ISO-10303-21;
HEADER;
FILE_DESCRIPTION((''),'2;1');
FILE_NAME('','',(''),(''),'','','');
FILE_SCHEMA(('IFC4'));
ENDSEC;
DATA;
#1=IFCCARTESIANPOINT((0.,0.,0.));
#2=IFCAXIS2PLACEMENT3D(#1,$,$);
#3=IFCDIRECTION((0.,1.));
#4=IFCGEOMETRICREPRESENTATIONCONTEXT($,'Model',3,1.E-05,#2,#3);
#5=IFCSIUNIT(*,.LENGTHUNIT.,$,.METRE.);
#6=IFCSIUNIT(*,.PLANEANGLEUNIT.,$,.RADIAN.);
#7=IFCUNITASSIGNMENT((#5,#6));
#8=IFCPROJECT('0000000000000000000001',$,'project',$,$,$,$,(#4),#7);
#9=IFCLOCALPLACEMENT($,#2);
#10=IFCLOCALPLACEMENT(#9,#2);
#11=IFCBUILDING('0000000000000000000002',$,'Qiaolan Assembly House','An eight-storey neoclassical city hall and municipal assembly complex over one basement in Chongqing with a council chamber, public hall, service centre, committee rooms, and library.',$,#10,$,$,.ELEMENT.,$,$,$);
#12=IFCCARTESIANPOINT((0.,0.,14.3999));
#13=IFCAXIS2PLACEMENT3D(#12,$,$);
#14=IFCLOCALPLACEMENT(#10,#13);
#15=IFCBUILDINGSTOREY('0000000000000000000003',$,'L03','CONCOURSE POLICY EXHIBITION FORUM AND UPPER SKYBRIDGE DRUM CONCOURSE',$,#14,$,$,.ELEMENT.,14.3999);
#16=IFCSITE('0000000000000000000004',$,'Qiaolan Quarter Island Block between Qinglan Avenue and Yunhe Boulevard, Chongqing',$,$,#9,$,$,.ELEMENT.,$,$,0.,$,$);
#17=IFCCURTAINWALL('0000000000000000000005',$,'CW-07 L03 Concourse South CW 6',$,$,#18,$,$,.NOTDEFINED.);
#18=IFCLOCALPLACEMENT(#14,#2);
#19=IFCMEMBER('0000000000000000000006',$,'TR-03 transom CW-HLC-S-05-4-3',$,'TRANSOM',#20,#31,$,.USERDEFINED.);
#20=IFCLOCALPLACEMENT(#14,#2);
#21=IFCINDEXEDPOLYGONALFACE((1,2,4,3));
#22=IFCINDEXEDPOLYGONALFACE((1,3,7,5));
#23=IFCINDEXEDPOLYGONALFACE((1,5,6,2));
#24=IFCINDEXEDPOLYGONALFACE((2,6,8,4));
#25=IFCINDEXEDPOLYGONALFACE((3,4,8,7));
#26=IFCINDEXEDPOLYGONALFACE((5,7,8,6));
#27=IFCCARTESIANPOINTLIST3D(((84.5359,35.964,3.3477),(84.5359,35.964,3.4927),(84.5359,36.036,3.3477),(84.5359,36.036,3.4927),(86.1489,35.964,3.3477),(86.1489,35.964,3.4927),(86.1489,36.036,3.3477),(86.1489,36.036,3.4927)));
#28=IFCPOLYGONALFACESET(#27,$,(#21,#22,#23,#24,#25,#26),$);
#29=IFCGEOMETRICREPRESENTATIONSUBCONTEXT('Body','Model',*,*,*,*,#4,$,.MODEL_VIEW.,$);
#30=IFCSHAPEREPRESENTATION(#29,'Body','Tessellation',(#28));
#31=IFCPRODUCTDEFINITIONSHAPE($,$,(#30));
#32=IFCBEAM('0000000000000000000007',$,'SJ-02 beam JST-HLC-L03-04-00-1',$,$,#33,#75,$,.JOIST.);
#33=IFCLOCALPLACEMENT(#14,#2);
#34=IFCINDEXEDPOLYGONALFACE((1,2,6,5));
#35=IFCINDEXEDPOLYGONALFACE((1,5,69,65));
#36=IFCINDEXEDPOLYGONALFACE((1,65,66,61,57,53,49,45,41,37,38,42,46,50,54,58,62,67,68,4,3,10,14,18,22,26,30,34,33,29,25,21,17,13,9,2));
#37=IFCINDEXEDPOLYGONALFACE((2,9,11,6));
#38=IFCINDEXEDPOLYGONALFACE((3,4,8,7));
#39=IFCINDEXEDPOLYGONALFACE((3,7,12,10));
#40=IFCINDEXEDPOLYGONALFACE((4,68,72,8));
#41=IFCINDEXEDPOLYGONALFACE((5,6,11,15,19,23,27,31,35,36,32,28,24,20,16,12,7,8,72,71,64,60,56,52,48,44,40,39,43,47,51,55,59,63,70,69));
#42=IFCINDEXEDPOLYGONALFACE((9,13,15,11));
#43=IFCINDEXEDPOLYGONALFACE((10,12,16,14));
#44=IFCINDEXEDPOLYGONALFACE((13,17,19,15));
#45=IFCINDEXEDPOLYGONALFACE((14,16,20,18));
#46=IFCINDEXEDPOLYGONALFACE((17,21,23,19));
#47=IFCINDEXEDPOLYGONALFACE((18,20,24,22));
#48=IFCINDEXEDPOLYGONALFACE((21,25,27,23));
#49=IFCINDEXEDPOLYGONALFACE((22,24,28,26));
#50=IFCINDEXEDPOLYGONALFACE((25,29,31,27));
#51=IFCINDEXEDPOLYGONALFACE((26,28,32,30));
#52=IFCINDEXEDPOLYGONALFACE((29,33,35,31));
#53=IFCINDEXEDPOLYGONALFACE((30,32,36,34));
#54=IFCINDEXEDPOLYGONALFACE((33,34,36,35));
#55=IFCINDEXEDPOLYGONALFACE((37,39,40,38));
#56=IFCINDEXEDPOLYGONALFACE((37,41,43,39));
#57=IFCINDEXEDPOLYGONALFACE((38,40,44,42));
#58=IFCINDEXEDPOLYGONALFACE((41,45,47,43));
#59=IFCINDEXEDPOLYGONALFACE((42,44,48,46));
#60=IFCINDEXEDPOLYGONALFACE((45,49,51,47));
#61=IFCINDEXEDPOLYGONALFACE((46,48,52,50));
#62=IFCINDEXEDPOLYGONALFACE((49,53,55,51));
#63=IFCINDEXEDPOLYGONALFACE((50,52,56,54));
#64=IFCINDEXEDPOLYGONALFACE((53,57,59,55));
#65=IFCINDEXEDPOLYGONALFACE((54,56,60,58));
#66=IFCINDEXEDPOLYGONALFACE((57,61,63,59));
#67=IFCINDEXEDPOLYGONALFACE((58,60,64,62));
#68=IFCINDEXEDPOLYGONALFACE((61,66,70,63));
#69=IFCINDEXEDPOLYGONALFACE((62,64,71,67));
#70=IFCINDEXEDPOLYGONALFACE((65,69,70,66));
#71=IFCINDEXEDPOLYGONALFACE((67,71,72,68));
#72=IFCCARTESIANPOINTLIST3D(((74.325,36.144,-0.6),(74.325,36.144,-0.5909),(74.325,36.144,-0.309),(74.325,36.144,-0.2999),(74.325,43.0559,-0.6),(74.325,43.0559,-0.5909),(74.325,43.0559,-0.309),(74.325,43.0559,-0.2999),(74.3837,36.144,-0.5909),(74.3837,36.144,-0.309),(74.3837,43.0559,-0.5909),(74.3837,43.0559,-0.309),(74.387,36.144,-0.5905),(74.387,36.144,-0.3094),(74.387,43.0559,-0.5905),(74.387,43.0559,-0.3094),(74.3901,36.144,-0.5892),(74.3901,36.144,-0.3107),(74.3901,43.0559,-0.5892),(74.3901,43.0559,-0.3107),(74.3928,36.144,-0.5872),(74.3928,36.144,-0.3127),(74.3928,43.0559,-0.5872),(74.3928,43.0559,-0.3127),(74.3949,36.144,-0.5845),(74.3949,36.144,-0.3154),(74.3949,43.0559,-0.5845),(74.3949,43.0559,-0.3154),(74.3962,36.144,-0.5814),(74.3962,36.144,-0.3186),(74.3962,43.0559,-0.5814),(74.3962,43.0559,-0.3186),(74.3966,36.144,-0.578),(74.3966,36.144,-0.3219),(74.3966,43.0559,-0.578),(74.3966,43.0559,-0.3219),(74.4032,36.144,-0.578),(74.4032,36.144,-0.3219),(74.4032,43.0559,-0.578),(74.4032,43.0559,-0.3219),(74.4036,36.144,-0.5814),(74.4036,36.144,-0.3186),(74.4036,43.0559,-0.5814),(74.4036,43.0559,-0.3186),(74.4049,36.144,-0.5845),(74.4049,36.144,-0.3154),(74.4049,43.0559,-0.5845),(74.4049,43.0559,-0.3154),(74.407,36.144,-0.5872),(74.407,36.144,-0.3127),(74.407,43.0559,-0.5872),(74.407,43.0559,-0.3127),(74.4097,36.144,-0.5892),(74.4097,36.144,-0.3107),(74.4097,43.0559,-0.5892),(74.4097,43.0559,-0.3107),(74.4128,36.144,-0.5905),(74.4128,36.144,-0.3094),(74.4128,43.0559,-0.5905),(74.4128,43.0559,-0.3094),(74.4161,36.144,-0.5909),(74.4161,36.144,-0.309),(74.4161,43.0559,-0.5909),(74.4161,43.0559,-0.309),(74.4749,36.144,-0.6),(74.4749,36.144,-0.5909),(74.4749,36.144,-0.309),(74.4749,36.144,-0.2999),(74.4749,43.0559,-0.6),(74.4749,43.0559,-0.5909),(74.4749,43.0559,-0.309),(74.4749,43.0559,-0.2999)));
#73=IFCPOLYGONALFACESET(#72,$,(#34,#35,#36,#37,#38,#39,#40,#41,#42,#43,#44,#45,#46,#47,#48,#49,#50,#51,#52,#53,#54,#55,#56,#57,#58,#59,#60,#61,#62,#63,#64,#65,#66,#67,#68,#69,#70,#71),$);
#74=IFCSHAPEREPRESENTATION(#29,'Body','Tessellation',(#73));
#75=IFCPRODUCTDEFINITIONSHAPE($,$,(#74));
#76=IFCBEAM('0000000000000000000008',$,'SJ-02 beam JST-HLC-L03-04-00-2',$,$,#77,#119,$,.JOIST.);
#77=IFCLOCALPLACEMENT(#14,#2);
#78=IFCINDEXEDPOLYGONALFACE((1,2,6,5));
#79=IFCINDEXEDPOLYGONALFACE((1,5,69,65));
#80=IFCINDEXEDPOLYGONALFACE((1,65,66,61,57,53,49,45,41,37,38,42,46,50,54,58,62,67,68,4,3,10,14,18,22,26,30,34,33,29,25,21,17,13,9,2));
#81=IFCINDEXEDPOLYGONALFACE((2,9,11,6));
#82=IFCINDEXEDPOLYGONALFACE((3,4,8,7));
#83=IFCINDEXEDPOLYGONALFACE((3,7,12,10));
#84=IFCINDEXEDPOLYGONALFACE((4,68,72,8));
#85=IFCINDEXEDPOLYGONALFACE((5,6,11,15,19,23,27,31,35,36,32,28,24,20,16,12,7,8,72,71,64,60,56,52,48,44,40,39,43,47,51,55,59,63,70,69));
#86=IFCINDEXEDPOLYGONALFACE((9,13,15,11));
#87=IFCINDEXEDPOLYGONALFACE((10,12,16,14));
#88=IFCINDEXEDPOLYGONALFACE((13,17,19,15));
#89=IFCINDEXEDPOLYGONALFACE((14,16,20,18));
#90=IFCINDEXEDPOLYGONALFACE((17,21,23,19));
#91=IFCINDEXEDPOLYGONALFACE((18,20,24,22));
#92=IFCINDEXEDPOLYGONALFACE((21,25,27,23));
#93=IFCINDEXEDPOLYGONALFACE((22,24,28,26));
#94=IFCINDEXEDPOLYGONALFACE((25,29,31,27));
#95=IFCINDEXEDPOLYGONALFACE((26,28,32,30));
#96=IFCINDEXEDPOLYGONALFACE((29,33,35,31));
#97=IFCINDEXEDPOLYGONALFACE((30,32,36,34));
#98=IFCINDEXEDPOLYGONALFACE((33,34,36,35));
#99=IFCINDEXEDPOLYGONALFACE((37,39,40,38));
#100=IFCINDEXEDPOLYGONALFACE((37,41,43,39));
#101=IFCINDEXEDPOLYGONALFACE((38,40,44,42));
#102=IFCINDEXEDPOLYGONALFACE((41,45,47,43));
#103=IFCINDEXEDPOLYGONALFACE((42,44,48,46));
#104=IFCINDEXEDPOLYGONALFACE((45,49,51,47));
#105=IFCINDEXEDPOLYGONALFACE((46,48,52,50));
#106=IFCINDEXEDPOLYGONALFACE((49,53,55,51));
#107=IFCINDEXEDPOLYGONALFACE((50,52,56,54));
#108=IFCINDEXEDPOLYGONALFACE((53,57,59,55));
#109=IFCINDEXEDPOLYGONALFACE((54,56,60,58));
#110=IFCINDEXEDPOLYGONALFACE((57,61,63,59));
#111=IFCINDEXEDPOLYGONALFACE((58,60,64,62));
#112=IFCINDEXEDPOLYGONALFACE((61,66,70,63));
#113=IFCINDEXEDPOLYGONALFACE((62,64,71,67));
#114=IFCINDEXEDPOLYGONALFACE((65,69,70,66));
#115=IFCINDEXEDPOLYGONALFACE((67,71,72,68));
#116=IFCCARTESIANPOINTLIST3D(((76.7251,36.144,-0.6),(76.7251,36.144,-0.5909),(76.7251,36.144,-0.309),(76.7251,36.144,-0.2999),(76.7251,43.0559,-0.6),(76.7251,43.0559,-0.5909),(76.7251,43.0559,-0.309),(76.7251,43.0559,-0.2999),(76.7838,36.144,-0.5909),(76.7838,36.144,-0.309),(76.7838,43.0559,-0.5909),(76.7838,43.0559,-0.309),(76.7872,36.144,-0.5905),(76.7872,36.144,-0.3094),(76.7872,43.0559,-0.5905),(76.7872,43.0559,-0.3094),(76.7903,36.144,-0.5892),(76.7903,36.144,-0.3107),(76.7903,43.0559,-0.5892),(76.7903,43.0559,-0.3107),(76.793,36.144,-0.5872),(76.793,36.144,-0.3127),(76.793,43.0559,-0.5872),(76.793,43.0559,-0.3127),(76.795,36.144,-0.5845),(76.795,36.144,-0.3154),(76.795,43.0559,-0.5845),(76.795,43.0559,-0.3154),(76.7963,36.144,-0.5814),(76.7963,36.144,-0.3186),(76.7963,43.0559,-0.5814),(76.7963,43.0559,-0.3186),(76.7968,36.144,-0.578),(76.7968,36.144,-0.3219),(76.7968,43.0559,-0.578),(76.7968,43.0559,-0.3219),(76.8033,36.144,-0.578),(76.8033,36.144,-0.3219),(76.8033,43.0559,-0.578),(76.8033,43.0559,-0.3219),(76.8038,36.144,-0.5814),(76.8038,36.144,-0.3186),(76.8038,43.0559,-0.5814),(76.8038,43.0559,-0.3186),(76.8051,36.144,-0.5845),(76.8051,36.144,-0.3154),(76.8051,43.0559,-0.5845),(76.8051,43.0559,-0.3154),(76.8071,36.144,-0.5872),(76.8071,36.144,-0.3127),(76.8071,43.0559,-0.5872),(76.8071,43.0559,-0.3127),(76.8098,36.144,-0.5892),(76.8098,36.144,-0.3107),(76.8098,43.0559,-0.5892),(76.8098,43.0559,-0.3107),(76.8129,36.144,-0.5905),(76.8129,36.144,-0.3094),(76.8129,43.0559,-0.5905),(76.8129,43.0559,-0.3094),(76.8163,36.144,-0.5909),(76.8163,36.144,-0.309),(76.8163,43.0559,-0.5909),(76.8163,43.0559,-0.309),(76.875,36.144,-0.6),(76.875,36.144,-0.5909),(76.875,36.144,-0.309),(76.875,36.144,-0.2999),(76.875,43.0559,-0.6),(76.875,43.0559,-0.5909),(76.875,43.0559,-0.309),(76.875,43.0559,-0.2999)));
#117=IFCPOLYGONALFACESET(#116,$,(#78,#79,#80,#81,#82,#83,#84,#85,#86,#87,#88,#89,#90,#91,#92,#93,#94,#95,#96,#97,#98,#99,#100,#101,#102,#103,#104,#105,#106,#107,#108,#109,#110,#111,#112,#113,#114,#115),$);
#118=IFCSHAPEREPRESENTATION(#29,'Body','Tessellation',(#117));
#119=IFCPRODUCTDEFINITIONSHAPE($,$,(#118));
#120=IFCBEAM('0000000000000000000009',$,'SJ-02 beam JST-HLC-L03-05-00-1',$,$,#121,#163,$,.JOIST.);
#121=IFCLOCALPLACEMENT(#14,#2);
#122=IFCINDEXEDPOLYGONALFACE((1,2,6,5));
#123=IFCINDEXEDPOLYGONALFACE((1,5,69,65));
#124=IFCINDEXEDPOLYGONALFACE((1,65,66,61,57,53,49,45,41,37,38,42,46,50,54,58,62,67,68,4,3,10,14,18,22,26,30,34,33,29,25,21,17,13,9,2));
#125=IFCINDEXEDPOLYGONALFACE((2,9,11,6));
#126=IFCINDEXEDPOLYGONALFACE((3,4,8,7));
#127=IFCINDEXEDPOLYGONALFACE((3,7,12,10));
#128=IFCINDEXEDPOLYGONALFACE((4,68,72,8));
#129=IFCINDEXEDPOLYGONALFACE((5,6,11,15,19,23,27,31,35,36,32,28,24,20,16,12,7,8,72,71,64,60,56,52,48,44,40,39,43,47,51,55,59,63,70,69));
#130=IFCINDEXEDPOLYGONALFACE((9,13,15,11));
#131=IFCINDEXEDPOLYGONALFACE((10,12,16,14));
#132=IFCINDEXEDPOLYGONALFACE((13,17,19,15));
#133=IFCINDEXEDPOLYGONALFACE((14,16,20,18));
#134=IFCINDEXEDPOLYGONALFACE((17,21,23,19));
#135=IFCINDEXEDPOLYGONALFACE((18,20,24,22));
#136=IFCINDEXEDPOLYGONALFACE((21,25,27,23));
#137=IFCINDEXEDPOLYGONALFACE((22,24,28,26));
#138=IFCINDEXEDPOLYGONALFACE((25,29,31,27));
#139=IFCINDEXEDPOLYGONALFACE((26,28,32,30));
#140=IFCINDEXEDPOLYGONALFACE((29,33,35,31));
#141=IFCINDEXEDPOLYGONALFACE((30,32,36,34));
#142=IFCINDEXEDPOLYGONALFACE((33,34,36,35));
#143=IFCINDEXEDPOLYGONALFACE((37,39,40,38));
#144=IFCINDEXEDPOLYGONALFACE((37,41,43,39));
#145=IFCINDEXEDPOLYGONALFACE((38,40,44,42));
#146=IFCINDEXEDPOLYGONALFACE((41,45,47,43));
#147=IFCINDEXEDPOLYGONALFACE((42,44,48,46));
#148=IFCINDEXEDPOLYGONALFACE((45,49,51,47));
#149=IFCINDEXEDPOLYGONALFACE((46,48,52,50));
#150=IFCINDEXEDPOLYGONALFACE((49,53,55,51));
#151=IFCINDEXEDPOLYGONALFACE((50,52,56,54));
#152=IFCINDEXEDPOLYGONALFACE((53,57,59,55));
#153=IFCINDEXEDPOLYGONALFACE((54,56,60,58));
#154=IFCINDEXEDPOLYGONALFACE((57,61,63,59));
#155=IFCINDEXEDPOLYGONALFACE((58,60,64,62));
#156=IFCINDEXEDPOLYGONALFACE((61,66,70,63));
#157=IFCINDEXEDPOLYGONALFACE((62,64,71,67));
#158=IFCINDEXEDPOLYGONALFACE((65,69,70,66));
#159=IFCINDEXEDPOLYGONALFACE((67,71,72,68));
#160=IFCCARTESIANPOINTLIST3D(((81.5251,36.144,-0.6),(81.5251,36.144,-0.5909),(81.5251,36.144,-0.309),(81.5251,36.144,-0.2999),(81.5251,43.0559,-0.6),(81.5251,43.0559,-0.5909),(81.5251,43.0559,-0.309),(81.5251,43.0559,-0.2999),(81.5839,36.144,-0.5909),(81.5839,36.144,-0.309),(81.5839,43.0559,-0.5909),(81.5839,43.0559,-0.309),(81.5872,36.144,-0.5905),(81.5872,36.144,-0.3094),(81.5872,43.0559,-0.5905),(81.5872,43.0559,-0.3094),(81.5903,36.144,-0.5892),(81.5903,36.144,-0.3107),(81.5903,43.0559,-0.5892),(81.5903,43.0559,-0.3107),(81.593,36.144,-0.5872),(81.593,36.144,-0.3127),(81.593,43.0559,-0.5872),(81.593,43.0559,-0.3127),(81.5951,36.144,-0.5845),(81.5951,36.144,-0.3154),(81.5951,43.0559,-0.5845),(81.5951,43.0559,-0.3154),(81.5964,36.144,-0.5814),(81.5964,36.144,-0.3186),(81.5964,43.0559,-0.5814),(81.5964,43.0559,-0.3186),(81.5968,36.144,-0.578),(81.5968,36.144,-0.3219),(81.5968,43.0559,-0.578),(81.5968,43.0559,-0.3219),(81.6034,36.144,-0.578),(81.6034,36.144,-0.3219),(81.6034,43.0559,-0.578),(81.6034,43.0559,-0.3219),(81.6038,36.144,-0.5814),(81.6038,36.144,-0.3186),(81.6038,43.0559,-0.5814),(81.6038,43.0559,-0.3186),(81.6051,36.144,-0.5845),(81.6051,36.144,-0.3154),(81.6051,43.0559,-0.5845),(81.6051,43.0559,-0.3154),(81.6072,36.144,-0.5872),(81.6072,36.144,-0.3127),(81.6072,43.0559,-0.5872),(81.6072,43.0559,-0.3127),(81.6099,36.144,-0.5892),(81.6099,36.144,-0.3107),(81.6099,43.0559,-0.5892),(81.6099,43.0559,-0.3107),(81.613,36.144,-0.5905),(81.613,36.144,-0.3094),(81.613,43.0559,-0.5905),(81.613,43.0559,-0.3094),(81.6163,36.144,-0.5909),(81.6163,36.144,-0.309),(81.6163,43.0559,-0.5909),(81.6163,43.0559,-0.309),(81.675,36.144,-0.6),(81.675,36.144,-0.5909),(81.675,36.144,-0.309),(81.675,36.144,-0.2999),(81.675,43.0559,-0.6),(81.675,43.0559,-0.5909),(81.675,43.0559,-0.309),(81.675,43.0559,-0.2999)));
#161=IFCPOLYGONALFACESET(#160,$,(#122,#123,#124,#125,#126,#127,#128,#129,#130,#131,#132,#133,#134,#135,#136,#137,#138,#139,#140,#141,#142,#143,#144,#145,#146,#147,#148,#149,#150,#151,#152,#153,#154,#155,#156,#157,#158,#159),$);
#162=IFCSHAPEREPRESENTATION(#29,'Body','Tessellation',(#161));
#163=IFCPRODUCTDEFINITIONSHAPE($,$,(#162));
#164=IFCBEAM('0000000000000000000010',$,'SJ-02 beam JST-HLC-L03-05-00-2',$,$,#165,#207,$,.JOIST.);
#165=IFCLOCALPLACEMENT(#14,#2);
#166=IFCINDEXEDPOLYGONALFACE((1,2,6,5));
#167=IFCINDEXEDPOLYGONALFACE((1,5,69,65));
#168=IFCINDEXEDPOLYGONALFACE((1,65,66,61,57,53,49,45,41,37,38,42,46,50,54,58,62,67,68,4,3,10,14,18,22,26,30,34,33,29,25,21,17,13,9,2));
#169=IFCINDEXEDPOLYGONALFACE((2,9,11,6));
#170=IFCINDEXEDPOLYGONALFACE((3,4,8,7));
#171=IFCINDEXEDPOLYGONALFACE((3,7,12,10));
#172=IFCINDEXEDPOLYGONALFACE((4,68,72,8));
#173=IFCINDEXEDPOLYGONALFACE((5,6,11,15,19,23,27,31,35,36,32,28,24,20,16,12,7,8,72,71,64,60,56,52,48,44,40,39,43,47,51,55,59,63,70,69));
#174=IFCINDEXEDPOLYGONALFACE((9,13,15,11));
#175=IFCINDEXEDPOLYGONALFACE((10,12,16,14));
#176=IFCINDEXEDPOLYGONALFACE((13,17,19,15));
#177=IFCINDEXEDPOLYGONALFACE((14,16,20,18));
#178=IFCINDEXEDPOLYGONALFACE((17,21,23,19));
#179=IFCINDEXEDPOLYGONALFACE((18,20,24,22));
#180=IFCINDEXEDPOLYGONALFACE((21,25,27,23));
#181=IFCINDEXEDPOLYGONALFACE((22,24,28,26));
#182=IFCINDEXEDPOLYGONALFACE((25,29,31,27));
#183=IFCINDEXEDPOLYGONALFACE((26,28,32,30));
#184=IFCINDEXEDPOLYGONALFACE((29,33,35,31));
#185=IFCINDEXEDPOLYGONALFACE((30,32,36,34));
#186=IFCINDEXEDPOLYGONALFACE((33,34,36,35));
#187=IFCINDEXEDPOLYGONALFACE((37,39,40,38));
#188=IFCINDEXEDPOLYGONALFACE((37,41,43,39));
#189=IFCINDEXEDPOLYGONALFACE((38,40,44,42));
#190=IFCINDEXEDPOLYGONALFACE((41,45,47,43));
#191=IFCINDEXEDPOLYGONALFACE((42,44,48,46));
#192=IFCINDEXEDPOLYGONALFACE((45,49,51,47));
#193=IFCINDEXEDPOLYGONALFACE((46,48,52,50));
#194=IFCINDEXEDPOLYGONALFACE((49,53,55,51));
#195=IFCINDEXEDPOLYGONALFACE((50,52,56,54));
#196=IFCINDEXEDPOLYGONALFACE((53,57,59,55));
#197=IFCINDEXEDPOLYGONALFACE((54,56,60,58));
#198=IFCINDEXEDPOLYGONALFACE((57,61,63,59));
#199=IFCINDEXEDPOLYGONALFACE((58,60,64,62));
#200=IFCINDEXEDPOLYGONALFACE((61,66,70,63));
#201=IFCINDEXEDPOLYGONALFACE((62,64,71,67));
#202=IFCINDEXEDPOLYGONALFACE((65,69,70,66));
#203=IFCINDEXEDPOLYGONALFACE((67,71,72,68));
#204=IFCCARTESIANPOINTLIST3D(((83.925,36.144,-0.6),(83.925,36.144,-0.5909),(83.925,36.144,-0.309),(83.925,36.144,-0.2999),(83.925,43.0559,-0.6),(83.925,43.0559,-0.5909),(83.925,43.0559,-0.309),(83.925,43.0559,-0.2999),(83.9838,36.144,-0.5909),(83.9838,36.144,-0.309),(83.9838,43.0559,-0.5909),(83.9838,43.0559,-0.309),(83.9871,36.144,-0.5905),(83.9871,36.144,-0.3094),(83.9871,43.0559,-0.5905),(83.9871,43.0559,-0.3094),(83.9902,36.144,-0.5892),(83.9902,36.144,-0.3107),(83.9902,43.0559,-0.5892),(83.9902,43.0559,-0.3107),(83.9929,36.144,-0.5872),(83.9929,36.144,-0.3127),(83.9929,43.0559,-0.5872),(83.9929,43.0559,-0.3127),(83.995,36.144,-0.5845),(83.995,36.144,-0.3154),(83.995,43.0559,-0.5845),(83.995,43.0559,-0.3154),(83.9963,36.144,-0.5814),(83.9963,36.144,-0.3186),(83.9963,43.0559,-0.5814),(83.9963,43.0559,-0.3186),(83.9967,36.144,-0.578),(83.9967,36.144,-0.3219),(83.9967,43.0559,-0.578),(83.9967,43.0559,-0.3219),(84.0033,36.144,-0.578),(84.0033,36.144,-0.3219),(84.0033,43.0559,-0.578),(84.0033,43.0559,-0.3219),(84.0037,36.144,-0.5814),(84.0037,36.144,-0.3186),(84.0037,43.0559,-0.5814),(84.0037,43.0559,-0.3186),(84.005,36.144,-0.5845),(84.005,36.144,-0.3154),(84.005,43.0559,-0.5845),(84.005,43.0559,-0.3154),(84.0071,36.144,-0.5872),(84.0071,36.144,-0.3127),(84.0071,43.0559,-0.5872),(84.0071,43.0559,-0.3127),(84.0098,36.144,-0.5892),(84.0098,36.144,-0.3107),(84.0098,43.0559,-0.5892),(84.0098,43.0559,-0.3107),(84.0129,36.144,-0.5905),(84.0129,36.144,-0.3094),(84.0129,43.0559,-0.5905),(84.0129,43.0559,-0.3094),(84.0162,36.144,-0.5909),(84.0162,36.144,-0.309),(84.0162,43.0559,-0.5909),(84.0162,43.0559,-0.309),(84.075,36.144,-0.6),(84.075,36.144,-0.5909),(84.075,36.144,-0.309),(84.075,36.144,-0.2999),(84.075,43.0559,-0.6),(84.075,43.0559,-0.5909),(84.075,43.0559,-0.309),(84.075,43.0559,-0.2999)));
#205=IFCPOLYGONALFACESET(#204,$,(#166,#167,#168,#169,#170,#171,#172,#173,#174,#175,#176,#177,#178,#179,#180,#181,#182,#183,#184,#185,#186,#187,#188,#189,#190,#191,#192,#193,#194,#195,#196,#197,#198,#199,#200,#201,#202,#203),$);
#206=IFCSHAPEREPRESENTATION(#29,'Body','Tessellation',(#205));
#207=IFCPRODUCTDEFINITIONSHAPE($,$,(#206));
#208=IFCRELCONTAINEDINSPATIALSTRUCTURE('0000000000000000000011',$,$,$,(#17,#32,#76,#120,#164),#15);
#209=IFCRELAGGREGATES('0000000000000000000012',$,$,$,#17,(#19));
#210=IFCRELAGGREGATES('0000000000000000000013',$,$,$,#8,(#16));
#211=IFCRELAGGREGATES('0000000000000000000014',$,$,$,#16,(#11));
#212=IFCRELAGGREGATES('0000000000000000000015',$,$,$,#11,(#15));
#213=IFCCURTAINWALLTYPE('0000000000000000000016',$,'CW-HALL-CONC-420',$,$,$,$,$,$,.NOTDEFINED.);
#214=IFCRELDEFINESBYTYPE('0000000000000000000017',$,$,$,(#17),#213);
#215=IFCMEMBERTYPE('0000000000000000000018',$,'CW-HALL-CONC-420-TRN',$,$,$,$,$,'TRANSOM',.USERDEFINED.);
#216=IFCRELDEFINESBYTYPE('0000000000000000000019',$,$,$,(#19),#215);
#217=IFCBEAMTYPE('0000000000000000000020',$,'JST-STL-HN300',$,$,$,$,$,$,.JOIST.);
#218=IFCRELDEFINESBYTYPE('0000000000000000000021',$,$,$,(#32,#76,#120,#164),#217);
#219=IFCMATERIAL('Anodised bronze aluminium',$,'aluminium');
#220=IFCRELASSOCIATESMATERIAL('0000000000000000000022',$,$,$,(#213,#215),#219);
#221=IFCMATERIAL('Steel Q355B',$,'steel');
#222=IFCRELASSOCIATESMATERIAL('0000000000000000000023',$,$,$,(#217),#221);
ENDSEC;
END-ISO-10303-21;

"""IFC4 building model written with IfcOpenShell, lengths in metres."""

from ifc_helpers import new_model, si_unit, direction, frame, origin, origin_2d, place, context, subcontext, project, spatial, rectangle, i_section, extrude, material, material_profile, profile_set, type_object, element, aggregate, save


model = new_model("IFC4")

# Units and contexts
model_context = context("Model", 3, precision=1e-05, world=origin(), true_north=direction((0.0, 1.0)))
body_context = subcontext(model_context, "Body", "Model", "MODEL_VIEW")
ifc_project = project(units=[si_unit("LENGTHUNIT", "METRE"), si_unit("PLANEANGLEUNIT", "RADIAN")], contexts=[model_context])

# Site, building, storey
site_placement = place(None, origin())
site = spatial("IfcSite", under=ifc_project, at=site_placement, Name="Qiaolan Quarter Island Block between Qinglan Avenue and Yunhe Boulevard, Chongqing", CompositionType="ELEMENT", RefElevation=0.0)
building_placement = place(site_placement, origin())
building = spatial("IfcBuilding", under=site, at=building_placement, Name="Qiaolan Assembly House", Description="An eight-storey neoclassical city hall and municipal assembly complex over one basement in Chongqing with a council chamber, public hall, service centre, committee rooms, and library.", CompositionType="ELEMENT")
storey_placement = place(building_placement, frame((0.0, 0.0, 14.3999)))
storey = spatial("IfcBuildingStorey", under=building, at=storey_placement, Name="L03", Description="CONCOURSE POLICY EXHIBITION FORUM AND UPPER SKYBRIDGE DRUM CONCOURSE", CompositionType="ELEMENT", Elevation=14.3999)

# Shared definitions
ifc_material_1 = material(Name="Steel Q355B", Category="steel")

# Curtain wall, member
ifc_material_2 = material(Name="Anodised bronze aluminium", Category="aluminium")
curtain_wall_type_1 = type_object("IfcCurtainWallType", Name="CW-HALL-CONC-420", PredefinedType="NOTDEFINED", material=ifc_material_2)
curtain_wall_1_placement = place(storey_placement, origin())
curtain_wall_1 = element("IfcCurtainWall", 1, at=curtain_wall_1_placement, inside=storey, type_object=curtain_wall_type_1, Name="CW-07 L03 Concourse South CW 6", PredefinedType="NOTDEFINED")
ifc_material_profile_1 = material_profile(ifc_material_2, rectangle(XDim=0.072, YDim=0.145, at=origin_2d()), Name="TRN 72x145")
ifc_profile_set_1 = profile_set([ifc_material_profile_1], Name="Anodised bronze aluminium")
member_type_1 = type_object("IfcMemberType", Name="CW-HALL-CONC-420-TRN", ElementType="TRANSOM", PredefinedType="USERDEFINED", material=ifc_profile_set_1)
member_1_placement = place(storey_placement, frame((84.5359, 36.0, 3.4202), z_axis=(1.0, 0.0, 0.0), x_axis=(0.0, 1.0, 0.0)))
member_1 = element("IfcMember", 2, at=member_1_placement, type_object=member_type_1, Name="TR-03 transom CW-HLC-S-05-4-3", ObjectType="TRANSOM", PredefinedType="USERDEFINED", context=body_context, shape_type="SweptSolid", body=[
    extrude(rectangle(XDim=0.072, YDim=0.145, at=origin_2d()), origin(), (0.0, 0.0, 1.0), 1.613),
])

# Beams
ifc_material_profile_2 = material_profile(ifc_material_1, i_section(OverallWidth=0.1499, OverallDepth=0.3, WebThickness=0.0066, FlangeThickness=0.009, FilletRadius=0.0129, at=origin_2d()), Name="HN 300x150x6.5x9")
ifc_profile_set_2 = profile_set([ifc_material_profile_2], Name="Steel Q355B")
beam_type_1 = type_object("IfcBeamType", Name="JST-STL-HN300", PredefinedType="JOIST", material=ifc_profile_set_2)
for number, where, z_axis, x_axis, name in (
    (3, (74.3999, 36.144, -0.45), (0.0, 1.0, 0.0), (-1.0, 0.0, 0.0), "SJ-02 beam JST-HLC-L03-04-00-1"),
    (4, (76.8, 36.144, -0.45), (0.0, 1.0, 0.0), (-1.0, 0.0, 0.0), "SJ-02 beam JST-HLC-L03-04-00-2"),
    (5, (81.6001, 36.144, -0.45), (0.0, 1.0, 0.0), (-1.0, 0.0, 0.0), "SJ-02 beam JST-HLC-L03-05-00-1"),
    (6, (84.0, 36.144, -0.45), (0.0, 1.0, 0.0), (-1.0, 0.0, 0.0), "SJ-02 beam JST-HLC-L03-05-00-2"),
):
    element("IfcBeam", number, at=place(storey_placement, frame(where, z_axis=z_axis, x_axis=x_axis)), inside=storey, type_object=beam_type_1, Name=name, PredefinedType="JOIST", context=body_context, shape_type="SweptSolid", body=[
        extrude(i_section(OverallWidth=0.1499, OverallDepth=0.3, WebThickness=0.0066, FlangeThickness=0.009, FilletRadius=0.0129, at=origin_2d()), origin(), (0.0, 0.0, 1.0), 6.9119),
    ])

aggregate(curtain_wall_1, [member_1])

save(model, "model.ifc")
